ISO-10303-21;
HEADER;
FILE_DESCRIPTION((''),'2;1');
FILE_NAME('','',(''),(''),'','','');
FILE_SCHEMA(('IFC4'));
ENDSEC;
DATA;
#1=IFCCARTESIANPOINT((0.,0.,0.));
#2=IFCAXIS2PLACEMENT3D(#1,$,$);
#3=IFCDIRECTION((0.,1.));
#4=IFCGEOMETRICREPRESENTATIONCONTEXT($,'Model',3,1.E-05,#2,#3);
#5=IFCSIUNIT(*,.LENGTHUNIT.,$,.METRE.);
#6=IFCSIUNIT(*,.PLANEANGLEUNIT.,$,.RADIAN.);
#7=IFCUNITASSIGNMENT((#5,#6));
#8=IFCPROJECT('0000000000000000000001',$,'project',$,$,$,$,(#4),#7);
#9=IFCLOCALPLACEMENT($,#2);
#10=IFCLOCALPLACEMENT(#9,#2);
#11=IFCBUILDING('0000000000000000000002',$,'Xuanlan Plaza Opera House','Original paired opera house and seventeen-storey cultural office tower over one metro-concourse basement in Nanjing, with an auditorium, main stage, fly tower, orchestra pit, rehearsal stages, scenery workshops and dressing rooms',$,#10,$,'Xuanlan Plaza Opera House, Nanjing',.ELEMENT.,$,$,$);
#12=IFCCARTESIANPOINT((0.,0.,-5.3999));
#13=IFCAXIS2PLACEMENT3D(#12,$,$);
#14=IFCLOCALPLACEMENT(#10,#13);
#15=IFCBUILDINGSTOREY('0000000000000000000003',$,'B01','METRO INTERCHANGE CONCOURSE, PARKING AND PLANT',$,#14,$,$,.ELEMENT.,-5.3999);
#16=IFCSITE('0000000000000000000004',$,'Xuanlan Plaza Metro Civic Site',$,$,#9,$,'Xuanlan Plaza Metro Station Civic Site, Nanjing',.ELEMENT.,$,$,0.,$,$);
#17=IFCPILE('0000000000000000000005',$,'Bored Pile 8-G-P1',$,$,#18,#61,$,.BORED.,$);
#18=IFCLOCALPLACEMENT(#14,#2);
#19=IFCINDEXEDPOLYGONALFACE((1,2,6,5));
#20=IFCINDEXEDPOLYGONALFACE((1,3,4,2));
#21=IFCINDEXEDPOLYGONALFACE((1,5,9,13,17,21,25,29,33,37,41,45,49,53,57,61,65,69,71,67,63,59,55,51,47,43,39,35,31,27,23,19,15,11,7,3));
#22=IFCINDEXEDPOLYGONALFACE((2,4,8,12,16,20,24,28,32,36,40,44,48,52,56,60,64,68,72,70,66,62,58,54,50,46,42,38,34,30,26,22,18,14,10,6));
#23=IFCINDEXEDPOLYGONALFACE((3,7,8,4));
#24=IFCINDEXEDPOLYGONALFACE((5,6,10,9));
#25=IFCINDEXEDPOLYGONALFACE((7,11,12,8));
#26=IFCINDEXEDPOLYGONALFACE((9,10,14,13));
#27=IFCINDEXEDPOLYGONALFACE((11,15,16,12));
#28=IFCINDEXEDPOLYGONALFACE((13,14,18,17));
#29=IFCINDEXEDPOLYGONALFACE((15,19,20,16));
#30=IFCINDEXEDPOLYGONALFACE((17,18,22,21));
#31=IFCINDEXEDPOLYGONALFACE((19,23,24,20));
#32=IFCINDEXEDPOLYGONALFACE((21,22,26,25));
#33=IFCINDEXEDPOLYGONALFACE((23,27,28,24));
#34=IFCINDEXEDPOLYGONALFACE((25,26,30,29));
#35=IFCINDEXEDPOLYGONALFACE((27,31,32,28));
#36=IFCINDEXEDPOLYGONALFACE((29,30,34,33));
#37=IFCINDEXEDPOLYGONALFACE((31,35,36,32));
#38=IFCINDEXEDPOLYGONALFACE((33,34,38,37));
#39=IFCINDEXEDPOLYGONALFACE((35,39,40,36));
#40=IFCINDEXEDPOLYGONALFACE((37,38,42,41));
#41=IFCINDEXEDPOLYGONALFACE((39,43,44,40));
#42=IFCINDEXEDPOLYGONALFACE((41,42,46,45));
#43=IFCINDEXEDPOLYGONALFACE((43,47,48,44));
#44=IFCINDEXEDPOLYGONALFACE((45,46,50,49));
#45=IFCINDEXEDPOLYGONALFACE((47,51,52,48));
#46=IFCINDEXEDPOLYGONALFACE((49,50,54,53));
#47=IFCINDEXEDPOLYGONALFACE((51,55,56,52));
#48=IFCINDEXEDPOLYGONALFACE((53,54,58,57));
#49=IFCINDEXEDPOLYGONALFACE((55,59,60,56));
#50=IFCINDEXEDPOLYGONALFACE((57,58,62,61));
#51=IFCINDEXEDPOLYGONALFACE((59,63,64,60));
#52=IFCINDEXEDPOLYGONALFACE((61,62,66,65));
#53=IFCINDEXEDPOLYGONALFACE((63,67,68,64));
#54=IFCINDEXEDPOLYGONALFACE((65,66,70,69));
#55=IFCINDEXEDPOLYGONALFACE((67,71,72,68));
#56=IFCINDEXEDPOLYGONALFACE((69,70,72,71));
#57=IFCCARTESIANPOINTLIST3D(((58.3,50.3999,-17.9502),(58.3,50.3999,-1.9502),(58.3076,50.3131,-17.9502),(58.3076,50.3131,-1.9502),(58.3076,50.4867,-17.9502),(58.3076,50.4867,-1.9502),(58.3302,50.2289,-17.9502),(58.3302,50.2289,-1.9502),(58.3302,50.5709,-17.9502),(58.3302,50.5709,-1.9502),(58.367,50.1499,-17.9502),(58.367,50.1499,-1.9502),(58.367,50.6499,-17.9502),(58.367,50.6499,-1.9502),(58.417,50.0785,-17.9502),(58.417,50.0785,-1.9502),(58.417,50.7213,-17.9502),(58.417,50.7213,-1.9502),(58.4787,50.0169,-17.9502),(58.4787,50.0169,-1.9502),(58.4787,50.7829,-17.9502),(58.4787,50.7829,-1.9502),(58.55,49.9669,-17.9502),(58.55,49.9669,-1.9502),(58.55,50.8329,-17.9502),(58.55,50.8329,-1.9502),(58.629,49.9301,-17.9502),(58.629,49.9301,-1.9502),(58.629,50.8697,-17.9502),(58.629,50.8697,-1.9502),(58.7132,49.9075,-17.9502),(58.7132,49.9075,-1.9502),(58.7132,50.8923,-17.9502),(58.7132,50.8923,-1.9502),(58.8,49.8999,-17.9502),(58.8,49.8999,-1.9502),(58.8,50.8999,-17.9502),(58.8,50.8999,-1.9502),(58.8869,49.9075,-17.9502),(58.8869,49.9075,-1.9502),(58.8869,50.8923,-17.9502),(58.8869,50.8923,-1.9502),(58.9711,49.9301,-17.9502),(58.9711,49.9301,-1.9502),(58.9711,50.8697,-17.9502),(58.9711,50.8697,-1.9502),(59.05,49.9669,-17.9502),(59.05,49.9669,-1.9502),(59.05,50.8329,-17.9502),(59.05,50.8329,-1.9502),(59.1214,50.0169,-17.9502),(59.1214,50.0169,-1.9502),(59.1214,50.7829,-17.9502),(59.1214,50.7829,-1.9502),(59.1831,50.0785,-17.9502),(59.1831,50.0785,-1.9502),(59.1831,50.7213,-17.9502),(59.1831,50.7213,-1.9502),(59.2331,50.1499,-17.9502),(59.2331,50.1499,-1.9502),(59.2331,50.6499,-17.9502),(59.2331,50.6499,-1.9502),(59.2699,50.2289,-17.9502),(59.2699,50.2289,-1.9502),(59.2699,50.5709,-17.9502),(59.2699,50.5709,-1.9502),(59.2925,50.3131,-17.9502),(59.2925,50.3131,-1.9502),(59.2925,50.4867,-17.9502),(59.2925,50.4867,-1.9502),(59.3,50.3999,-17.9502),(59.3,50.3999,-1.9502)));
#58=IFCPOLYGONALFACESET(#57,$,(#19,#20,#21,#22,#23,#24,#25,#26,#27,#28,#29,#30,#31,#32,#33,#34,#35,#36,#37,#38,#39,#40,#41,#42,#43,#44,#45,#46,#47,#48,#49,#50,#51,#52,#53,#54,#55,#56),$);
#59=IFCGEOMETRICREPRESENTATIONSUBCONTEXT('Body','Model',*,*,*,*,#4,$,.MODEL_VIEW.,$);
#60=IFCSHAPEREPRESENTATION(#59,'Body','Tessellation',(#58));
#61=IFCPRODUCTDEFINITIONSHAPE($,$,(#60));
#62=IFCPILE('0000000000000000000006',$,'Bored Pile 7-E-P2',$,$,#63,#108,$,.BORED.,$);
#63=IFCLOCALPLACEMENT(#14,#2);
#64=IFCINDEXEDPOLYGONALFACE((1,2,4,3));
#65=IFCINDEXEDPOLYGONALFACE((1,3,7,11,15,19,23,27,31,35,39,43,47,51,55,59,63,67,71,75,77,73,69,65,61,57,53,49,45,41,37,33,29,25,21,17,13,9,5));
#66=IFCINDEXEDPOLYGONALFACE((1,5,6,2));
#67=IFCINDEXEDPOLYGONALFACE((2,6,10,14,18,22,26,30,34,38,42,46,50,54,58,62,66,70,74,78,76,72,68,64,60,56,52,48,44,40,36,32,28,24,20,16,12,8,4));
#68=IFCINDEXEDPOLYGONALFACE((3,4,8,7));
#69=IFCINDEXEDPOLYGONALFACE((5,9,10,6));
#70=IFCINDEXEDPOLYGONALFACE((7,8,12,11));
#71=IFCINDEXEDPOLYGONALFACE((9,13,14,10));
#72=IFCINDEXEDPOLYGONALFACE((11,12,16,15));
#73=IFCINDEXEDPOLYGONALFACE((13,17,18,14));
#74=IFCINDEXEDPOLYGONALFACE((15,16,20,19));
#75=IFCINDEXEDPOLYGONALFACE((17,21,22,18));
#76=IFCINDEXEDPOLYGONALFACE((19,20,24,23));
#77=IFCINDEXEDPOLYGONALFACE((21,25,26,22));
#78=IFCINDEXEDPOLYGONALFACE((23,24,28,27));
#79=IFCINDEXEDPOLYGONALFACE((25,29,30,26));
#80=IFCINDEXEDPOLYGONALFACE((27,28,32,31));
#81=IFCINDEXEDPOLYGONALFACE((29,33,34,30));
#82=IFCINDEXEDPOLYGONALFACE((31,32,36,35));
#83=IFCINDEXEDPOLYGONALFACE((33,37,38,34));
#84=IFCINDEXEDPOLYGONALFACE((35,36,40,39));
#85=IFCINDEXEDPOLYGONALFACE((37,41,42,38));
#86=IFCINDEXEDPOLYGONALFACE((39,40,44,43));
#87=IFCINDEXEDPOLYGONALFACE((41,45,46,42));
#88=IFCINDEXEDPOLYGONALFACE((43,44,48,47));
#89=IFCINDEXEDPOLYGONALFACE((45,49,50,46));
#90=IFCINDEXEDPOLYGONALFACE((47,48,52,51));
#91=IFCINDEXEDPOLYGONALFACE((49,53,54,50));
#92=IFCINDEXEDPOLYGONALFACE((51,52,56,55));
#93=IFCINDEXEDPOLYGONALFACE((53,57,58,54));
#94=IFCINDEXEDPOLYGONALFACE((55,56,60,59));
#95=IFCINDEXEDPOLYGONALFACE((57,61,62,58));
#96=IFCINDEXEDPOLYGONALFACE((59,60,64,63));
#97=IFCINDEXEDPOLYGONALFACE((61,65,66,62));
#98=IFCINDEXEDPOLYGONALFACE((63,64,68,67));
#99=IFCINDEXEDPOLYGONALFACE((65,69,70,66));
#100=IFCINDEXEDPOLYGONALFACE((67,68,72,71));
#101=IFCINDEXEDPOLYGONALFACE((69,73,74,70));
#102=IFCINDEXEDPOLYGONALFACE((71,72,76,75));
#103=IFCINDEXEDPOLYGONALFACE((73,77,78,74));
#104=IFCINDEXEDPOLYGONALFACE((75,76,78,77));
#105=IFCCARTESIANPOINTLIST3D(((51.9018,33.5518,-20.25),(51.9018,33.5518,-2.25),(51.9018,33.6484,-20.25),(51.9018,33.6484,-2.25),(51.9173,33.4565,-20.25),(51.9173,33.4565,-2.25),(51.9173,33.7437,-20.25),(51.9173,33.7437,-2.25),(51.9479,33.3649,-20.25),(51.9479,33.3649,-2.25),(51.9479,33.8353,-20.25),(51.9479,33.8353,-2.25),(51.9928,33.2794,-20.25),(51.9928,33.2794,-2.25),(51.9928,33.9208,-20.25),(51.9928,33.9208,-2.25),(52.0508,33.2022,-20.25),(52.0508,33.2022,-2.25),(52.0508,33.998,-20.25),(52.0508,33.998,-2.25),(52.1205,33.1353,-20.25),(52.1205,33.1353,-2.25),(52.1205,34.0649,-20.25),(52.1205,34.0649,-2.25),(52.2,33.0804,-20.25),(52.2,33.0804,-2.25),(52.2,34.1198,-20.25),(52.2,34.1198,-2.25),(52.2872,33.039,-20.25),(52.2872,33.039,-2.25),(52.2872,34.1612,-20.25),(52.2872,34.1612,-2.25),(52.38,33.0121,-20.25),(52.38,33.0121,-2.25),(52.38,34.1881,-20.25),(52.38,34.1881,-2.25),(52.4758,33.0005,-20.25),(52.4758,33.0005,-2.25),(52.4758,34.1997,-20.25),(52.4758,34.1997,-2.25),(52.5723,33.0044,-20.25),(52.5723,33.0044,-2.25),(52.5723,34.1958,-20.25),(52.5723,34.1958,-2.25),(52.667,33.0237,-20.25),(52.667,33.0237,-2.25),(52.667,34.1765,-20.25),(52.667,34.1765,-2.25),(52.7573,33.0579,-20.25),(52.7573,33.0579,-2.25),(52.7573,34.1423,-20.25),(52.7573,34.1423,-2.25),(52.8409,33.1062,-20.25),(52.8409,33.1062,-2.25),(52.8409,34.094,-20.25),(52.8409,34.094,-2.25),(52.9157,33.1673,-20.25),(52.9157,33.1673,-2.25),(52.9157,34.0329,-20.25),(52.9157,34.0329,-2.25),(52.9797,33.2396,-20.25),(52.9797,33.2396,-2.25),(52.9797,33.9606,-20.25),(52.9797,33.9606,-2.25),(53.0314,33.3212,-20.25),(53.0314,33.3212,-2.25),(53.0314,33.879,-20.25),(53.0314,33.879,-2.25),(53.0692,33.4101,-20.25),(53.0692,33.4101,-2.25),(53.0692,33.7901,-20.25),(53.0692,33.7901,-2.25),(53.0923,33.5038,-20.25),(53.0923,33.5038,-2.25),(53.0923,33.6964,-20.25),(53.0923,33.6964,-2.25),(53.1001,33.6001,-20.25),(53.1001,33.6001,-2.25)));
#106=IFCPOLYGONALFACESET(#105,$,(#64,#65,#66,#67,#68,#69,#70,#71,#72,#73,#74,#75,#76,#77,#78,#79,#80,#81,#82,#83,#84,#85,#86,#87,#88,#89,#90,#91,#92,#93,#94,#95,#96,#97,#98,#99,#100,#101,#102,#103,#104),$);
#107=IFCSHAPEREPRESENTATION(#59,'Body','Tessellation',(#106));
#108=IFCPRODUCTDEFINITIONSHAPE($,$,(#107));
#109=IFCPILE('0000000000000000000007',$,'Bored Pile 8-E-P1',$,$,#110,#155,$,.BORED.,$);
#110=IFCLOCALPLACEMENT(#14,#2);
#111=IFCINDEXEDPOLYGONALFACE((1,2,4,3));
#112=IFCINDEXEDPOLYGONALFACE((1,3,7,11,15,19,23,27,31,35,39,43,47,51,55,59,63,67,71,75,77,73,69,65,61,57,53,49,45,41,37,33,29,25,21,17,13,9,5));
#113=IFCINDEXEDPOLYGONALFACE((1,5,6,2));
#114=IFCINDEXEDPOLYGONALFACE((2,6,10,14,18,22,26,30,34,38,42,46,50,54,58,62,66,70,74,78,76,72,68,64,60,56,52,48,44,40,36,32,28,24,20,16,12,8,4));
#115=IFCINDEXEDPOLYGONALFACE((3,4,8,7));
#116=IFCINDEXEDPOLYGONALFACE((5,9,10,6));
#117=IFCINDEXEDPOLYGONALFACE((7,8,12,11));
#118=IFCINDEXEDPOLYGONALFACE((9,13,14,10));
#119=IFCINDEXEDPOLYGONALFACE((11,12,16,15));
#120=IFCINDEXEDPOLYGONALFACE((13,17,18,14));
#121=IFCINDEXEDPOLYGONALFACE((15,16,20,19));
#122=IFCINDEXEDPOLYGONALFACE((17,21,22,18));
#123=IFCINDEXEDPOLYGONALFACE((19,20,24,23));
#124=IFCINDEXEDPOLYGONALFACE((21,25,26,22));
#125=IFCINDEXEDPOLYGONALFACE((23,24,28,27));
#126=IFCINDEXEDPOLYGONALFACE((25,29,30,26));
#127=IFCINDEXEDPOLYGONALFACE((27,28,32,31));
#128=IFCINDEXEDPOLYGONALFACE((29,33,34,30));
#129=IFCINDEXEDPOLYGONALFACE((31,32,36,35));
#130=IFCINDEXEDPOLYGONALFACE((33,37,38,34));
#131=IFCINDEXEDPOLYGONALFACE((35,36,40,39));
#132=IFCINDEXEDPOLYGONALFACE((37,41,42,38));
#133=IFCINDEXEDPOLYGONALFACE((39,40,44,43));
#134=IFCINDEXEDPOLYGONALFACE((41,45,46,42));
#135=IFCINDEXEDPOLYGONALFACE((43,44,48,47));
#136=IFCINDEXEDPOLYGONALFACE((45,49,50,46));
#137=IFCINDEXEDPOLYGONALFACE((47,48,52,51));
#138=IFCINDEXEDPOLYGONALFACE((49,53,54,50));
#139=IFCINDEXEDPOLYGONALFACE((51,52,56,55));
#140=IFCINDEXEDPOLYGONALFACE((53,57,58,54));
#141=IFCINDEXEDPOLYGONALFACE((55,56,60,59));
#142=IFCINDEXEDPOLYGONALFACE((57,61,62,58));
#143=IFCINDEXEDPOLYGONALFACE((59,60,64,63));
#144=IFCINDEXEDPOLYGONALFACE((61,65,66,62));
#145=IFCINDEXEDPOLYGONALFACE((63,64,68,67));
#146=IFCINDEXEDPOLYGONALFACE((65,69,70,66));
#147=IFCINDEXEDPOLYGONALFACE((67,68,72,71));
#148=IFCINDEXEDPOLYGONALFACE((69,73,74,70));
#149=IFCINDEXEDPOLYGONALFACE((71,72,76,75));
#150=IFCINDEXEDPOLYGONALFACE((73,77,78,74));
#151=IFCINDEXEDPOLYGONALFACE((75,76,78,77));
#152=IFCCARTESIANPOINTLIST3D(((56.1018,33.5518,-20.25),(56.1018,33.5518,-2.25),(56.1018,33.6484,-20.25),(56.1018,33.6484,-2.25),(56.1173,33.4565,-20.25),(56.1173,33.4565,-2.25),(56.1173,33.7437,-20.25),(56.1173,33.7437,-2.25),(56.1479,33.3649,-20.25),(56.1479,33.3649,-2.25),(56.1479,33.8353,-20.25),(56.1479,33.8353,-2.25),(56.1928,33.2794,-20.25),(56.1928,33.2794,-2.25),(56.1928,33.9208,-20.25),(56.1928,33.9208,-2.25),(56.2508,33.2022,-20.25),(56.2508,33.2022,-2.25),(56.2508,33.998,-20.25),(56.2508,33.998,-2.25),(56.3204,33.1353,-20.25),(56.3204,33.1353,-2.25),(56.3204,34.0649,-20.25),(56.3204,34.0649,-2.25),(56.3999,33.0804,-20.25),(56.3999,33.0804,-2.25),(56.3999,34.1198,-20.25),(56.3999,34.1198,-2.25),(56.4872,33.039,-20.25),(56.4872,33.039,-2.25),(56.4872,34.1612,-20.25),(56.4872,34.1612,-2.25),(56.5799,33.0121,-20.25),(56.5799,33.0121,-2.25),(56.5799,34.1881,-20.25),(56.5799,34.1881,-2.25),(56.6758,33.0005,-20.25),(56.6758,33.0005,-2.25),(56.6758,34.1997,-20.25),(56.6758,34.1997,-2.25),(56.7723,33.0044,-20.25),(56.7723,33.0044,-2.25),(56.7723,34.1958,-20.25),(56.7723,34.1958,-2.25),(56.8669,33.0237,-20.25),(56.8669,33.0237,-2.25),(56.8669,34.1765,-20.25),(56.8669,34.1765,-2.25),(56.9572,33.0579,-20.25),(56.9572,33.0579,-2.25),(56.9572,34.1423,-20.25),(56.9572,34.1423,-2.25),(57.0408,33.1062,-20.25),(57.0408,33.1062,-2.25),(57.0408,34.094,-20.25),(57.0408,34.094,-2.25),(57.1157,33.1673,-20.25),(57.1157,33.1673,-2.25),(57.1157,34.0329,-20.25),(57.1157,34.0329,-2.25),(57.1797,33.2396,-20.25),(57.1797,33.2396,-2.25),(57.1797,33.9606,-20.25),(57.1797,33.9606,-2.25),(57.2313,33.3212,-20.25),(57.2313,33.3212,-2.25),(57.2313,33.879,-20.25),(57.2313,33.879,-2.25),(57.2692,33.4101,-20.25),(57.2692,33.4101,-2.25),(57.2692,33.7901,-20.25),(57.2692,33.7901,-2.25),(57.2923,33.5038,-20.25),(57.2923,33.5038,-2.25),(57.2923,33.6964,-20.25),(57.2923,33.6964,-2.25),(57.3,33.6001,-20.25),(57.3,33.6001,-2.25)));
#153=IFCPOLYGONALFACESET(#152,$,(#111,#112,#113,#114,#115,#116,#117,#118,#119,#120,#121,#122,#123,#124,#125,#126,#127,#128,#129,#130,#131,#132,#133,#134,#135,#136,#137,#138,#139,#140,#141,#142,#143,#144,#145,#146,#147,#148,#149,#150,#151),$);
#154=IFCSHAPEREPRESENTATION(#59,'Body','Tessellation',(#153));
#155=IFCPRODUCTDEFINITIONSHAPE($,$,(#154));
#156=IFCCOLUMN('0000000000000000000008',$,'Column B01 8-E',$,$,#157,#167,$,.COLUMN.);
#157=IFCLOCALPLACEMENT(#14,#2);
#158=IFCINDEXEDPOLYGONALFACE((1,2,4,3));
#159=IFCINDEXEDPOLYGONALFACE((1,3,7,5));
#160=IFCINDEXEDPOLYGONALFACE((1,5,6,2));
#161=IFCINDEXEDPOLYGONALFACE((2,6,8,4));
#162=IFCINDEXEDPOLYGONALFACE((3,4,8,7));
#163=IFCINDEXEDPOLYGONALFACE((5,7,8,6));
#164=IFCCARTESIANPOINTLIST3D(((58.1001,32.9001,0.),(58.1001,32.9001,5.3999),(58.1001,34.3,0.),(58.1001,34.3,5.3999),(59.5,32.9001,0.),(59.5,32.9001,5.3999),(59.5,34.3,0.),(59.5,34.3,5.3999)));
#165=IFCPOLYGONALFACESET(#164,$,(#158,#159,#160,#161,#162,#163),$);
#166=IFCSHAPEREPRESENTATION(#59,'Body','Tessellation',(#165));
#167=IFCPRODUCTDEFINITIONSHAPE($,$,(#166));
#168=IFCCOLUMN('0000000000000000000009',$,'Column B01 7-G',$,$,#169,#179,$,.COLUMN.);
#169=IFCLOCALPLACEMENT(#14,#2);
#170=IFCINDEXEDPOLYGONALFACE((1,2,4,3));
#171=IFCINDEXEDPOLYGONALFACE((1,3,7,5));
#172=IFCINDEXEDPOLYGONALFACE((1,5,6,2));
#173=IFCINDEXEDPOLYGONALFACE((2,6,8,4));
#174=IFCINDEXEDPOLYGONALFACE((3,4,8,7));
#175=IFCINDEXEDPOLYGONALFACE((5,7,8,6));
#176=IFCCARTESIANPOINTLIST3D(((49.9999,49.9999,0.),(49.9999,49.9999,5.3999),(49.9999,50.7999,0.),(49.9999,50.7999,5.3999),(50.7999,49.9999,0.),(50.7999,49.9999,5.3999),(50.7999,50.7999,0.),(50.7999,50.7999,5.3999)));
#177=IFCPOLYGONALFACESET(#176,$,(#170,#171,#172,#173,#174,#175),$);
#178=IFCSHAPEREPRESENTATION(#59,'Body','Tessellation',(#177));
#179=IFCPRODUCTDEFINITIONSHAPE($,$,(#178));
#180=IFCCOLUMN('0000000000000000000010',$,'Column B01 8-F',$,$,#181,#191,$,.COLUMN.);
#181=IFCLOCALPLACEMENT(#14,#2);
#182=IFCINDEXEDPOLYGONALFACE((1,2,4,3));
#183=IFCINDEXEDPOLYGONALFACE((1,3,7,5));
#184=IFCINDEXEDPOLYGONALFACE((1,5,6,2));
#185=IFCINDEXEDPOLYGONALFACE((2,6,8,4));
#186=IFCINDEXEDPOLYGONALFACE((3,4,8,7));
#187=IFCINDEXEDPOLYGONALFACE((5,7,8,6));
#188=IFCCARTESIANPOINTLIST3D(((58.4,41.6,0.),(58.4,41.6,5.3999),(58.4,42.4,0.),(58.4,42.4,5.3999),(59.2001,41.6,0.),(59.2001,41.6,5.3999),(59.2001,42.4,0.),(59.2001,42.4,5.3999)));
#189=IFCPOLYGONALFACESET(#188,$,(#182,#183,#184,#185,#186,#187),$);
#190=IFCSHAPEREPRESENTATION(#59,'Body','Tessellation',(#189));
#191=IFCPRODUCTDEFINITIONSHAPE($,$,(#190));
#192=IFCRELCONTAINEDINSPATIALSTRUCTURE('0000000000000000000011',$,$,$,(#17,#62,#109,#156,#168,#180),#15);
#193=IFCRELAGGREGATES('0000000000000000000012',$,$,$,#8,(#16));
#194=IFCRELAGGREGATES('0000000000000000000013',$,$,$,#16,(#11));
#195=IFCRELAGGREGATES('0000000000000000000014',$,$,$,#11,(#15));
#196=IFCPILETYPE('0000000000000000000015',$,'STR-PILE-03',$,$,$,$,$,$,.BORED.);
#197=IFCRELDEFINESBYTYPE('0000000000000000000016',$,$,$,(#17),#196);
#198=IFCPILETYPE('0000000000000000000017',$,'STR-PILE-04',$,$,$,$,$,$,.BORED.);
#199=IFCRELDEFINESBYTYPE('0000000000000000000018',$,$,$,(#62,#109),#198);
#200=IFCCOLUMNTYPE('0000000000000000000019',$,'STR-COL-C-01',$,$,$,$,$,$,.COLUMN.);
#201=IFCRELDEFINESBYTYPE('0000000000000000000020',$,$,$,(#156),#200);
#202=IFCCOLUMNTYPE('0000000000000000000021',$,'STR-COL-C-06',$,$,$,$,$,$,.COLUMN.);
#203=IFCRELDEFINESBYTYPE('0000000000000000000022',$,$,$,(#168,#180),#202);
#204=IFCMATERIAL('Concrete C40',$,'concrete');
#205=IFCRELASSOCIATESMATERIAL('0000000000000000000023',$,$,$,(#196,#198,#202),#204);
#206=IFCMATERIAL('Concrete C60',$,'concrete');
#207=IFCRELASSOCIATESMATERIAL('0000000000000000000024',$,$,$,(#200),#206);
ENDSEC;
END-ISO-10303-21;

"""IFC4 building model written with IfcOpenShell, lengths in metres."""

from ifc_helpers import new_model, si_unit, direction, frame, origin, origin_2d, place, context, subcontext, project, spatial, rectangle, circle, extrude, material, material_profile, profile_set, type_object, element, save


model = new_model("IFC4")

# Units and contexts
model_context = context("Model", 3, precision=1e-05, world=origin(), true_north=direction((0.0, 1.0)))
body_context = subcontext(model_context, "Body", "Model", "MODEL_VIEW")
ifc_project = project(units=[si_unit("LENGTHUNIT", "METRE"), si_unit("PLANEANGLEUNIT", "RADIAN")], contexts=[model_context])

# Site, building, storey
site_placement = place(None, origin())
site = spatial("IfcSite", under=ifc_project, at=site_placement, Name="Xuanlan Plaza Metro Civic Site", LongName="Xuanlan Plaza Metro Station Civic Site, Nanjing", CompositionType="ELEMENT", RefElevation=0.0)
building_placement = place(site_placement, origin())
building = spatial("IfcBuilding", under=site, at=building_placement, Name="Xuanlan Plaza Opera House", Description="Original paired opera house and seventeen-storey cultural office tower over one metro-concourse basement in Nanjing, with an auditorium, main stage, fly tower, orchestra pit, rehearsal stages, scenery workshops and dressing rooms", LongName="Xuanlan Plaza Opera House, Nanjing", CompositionType="ELEMENT")
storey_placement = place(building_placement, frame((0.0, 0.0, -5.3999)))
storey = spatial("IfcBuildingStorey", under=building, at=storey_placement, Name="B01", Description="METRO INTERCHANGE CONCOURSE, PARKING AND PLANT", CompositionType="ELEMENT", Elevation=-5.3999)

# Shared definitions
ifc_material_1 = material(Name="Concrete C40", Category="concrete")

# Piles
ifc_material_profile_1 = material_profile(ifc_material_1, circle(Radius=0.5, at=origin_2d()), Name="PILE D1000")
ifc_profile_set_1 = profile_set([ifc_material_profile_1], Name="Concrete C40")
pile_type_1 = type_object("IfcPileType", Name="STR-PILE-03", PredefinedType="BORED", material=ifc_profile_set_1)
for number, where, z_axis, x_axis, name in (
    (1, (58.8, 50.3999, -1.9502), (0.0, 0.0, -1.0), (1.0, 0.0, 0.0), "Bored Pile 8-G-P1"),
):
    element("IfcPile", number, at=place(storey_placement, frame(where, z_axis=z_axis, x_axis=x_axis)), inside=storey, type_object=pile_type_1, Name=name, PredefinedType="BORED", context=body_context, shape_type="SweptSolid", body=[
        extrude(circle(Radius=0.5, at=origin_2d()), origin(), (0.0, 0.0, 1.0), 16.0),
    ])
ifc_material_profile_2 = material_profile(ifc_material_1, circle(Radius=0.6001, at=origin_2d()), Name="PILE D1200")
ifc_profile_set_2 = profile_set([ifc_material_profile_2], Name="Concrete C40")
pile_type_2 = type_object("IfcPileType", Name="STR-PILE-04", PredefinedType="BORED", material=ifc_profile_set_2)
for number, where, z_axis, x_axis, name in (
    (2, (52.5, 33.6001, -2.25), (0.0, 0.0, -1.0), (1.0, 0.0, 0.0), "Bored Pile 7-E-P2"),
    (3, (56.7, 33.6001, -2.25), (0.0, 0.0, -1.0), (1.0, 0.0, 0.0), "Bored Pile 8-E-P1"),
):
    element("IfcPile", number, at=place(storey_placement, frame(where, z_axis=z_axis, x_axis=x_axis)), inside=storey, type_object=pile_type_2, Name=name, PredefinedType="BORED", context=body_context, shape_type="SweptSolid", body=[
        extrude(circle(Radius=0.6001, at=origin_2d()), origin(), (0.0, 0.0, 1.0), 18.0),
    ])

# Columns
ifc_material_2 = material(Name="Concrete C60", Category="concrete")
ifc_material_profile_3 = material_profile(ifc_material_2, rectangle(XDim=1.3999, YDim=1.3999, at=origin_2d()), Name="RC-COL 1400x1400")
ifc_profile_set_3 = profile_set([ifc_material_profile_3], Name="Concrete C60")
column_type_1 = type_object("IfcColumnType", Name="STR-COL-C-01", PredefinedType="COLUMN", material=ifc_profile_set_3)
column_1_placement = place(storey_placement, frame((58.8, 33.6001, 0.0), z_axis=(0.0, 0.0, 1.0), x_axis=(1.0, 0.0, 0.0)))
element("IfcColumn", 4, at=column_1_placement, inside=storey, type_object=column_type_1, Name="Column B01 8-E", PredefinedType="COLUMN", context=body_context, shape_type="SweptSolid", body=[
    extrude(rectangle(XDim=1.3999, YDim=1.3999, at=origin_2d()), origin(), (0.0, 0.0, 1.0), 5.3999),
])
ifc_material_profile_4 = material_profile(ifc_material_1, rectangle(XDim=0.8, YDim=0.8, at=origin_2d()), Name="RC-COL 800x800")
ifc_profile_set_4 = profile_set([ifc_material_profile_4], Name="Concrete C40")
column_type_2 = type_object("IfcColumnType", Name="STR-COL-C-06", PredefinedType="COLUMN", material=ifc_profile_set_4)
for number, where, z_axis, x_axis, name in (
    (5, (50.3999, 50.3999, 0.0), (0.0, 0.0, 1.0), (1.0, 0.0, 0.0), "Column B01 7-G"),
    (6, (58.8, 42.0, 0.0), (0.0, 0.0, 1.0), (1.0, 0.0, 0.0), "Column B01 8-F"),
):
    element("IfcColumn", number, at=place(storey_placement, frame(where, z_axis=z_axis, x_axis=x_axis)), inside=storey, type_object=column_type_2, Name=name, PredefinedType="COLUMN", context=body_context, shape_type="SweptSolid", body=[
        extrude(rectangle(XDim=0.8, YDim=0.8, at=origin_2d()), origin(), (0.0, 0.0, 1.0), 5.3999),
    ])

save(model, "model.ifc")
